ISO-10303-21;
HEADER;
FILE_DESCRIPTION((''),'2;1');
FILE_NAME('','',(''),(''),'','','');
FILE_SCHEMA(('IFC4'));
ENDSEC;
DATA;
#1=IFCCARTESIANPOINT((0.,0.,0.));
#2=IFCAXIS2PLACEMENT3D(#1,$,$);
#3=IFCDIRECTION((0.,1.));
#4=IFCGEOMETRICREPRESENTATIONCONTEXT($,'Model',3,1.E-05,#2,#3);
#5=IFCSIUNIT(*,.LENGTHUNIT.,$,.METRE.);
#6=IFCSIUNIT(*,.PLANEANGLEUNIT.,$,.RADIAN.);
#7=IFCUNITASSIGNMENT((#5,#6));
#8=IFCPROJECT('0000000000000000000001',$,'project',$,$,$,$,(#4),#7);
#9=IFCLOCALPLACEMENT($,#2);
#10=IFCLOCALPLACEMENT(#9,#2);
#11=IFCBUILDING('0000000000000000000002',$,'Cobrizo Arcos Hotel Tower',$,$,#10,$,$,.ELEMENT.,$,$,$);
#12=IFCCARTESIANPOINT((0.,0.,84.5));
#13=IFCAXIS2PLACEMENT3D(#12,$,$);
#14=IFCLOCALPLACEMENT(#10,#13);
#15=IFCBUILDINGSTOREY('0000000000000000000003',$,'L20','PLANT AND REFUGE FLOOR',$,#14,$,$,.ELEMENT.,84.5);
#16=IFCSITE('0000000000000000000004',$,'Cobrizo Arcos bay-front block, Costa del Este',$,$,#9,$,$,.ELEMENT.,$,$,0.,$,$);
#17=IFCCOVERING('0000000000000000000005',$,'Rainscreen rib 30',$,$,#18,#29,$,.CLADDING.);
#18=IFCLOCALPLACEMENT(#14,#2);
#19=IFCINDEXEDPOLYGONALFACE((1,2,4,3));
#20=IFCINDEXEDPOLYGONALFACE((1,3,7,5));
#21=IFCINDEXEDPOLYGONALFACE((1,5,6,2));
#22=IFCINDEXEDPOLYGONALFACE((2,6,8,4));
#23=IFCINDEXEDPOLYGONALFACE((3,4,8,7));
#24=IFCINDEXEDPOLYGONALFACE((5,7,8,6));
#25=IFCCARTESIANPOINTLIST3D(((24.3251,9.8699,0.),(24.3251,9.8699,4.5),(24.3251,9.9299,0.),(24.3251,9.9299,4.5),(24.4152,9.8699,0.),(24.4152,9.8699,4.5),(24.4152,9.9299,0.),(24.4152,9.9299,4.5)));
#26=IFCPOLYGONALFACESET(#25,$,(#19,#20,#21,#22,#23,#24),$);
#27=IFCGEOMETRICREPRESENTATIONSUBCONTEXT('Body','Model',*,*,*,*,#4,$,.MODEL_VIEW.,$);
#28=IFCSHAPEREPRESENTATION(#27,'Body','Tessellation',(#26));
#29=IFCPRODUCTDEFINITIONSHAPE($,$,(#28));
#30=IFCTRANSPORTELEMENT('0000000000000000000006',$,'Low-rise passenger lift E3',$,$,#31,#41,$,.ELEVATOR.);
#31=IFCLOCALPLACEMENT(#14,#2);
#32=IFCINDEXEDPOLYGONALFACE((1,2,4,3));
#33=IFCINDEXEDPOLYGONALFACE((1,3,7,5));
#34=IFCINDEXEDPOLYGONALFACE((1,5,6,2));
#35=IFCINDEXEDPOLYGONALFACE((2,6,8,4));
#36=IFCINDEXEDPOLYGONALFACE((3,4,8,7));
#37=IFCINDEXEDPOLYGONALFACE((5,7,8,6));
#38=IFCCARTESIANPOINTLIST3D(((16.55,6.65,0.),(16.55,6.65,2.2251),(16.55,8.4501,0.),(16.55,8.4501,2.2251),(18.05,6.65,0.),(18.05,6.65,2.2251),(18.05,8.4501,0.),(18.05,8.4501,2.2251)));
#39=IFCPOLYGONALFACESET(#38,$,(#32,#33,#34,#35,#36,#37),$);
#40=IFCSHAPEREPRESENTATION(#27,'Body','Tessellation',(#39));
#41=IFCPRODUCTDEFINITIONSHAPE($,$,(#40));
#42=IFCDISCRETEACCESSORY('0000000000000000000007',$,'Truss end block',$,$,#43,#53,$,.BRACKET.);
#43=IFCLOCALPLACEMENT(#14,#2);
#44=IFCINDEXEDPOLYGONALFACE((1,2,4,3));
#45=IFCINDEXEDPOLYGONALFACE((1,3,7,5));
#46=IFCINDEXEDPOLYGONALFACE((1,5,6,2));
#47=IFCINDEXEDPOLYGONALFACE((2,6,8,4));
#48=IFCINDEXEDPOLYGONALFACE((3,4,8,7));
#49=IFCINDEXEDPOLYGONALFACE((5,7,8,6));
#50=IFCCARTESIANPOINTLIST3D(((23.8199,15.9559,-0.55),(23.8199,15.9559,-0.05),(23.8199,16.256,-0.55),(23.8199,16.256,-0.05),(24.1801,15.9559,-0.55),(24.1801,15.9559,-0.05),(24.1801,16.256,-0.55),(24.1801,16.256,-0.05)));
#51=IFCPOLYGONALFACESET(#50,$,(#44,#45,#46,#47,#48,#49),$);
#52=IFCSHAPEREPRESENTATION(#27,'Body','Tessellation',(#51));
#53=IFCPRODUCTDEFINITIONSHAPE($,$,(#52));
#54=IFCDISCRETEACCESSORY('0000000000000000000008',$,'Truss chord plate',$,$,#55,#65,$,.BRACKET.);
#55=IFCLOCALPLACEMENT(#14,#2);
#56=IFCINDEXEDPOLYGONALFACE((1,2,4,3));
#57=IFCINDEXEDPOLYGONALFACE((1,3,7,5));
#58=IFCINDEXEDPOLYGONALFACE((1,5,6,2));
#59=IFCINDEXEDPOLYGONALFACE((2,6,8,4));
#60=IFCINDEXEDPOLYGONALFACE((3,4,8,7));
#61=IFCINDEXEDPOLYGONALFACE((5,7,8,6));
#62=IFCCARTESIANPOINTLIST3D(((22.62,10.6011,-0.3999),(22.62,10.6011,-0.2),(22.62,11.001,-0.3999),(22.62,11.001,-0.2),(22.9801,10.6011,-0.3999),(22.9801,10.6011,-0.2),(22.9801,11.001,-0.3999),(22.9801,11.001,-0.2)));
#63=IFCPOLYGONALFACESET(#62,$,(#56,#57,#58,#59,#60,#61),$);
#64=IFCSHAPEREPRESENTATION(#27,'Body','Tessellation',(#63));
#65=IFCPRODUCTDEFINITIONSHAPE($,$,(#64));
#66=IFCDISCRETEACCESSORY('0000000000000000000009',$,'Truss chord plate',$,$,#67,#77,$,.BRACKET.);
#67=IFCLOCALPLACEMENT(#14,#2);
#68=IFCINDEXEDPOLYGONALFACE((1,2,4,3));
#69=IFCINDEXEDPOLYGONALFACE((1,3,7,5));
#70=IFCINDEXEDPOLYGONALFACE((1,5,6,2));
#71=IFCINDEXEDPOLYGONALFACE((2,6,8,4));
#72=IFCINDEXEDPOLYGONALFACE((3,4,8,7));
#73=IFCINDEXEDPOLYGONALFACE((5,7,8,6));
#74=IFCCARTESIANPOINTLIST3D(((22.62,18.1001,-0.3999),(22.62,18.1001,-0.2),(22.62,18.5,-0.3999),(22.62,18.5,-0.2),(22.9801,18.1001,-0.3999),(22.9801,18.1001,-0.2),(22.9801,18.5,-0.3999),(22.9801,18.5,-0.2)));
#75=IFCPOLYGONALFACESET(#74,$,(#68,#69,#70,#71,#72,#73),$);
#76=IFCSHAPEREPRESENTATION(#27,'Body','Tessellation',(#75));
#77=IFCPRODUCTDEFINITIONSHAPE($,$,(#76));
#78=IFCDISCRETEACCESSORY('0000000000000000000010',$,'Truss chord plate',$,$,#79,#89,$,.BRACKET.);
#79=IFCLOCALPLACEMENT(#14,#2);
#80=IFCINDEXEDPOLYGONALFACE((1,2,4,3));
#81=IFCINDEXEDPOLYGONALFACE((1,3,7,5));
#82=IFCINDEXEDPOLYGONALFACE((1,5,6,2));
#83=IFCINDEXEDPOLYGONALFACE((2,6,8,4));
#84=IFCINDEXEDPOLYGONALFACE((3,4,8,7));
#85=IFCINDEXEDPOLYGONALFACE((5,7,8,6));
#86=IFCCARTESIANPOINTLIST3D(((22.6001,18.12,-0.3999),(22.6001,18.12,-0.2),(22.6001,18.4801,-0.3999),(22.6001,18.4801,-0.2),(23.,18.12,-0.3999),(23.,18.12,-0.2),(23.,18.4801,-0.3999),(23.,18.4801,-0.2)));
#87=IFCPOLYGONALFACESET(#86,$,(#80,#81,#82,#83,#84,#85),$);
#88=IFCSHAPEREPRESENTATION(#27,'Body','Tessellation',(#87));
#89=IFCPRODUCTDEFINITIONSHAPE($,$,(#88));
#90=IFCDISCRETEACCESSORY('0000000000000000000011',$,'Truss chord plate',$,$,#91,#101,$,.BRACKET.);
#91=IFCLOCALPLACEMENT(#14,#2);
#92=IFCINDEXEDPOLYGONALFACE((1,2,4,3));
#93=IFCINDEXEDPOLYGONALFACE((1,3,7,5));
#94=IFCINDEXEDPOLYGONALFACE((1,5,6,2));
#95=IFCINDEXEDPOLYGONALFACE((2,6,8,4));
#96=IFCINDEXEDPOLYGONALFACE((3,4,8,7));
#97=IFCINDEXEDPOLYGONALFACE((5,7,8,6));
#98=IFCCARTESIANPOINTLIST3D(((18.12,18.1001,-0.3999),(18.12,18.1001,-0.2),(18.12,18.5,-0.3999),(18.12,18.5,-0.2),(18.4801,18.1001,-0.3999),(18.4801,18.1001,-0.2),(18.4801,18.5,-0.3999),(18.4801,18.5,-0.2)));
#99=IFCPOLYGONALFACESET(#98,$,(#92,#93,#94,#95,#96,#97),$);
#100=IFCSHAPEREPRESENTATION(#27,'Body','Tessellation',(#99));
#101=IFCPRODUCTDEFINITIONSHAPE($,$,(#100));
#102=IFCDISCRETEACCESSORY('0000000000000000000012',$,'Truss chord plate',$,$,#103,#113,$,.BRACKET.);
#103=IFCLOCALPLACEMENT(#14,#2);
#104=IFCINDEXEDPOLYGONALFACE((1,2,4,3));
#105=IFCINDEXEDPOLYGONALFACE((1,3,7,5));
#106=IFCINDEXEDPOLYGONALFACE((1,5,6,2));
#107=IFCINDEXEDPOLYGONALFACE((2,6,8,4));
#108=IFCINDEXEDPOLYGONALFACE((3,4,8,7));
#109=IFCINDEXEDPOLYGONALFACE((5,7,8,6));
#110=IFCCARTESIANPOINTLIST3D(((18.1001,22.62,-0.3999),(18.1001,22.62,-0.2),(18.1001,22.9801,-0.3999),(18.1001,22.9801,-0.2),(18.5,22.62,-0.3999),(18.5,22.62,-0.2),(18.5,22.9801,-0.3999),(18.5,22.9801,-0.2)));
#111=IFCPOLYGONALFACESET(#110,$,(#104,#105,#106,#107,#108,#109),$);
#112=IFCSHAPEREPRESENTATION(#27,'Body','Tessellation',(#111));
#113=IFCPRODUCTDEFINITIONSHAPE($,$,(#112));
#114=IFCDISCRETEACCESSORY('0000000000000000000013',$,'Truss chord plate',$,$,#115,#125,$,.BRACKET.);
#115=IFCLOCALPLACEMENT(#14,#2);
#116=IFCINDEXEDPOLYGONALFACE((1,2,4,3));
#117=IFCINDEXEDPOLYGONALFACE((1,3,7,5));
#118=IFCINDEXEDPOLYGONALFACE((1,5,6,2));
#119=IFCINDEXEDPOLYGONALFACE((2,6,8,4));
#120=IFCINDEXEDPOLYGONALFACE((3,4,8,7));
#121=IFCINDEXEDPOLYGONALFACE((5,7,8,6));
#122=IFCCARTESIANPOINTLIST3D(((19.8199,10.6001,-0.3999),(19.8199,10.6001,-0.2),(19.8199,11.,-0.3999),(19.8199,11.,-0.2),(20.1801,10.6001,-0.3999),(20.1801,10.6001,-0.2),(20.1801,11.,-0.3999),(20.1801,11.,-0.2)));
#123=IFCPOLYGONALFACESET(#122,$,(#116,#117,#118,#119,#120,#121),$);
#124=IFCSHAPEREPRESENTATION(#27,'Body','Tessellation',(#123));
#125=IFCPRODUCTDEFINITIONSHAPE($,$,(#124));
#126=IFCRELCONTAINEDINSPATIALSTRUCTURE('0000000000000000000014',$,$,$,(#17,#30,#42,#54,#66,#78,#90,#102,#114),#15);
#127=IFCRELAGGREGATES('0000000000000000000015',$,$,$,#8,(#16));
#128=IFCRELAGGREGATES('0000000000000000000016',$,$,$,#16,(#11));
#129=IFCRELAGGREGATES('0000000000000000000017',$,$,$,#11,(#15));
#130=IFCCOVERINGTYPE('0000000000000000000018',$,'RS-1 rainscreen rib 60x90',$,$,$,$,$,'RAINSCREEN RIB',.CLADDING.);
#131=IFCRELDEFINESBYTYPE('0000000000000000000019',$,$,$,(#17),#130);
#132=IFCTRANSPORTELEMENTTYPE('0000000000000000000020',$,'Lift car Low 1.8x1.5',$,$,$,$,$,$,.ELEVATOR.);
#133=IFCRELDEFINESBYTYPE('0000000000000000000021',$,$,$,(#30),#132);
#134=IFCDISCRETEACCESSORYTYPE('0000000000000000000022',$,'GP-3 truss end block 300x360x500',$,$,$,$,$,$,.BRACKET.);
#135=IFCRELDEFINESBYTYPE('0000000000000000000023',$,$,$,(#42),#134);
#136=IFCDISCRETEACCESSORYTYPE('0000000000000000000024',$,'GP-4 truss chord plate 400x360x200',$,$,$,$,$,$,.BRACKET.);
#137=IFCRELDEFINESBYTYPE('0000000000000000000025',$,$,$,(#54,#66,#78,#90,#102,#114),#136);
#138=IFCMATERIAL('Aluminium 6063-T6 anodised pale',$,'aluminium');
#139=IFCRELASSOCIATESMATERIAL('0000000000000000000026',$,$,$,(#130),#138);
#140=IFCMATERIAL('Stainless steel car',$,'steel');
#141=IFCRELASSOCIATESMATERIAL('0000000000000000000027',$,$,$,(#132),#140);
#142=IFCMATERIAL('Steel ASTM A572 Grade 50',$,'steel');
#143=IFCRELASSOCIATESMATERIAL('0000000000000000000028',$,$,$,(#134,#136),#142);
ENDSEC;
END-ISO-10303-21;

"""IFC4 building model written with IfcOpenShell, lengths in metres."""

from ifc_helpers import new_model, si_unit, direction, frame, origin, origin_2d, place, context, subcontext, project, spatial, rectangle, extrude, material, type_object, element, save


model = new_model("IFC4")

# Units and contexts
model_context = context("Model", 3, precision=1e-05, world=origin(), true_north=direction((0.0, 1.0)))
body_context = subcontext(model_context, "Body", "Model", "MODEL_VIEW")
ifc_project = project(units=[si_unit("LENGTHUNIT", "METRE"), si_unit("PLANEANGLEUNIT", "RADIAN")], contexts=[model_context])

# Site, building, storey
site_placement = place(None, origin())
site = spatial("IfcSite", under=ifc_project, at=site_placement, Name="Cobrizo Arcos bay-front block, Costa del Este", CompositionType="ELEMENT", RefElevation=0.0)
building_placement = place(site_placement, origin())
building = spatial("IfcBuilding", under=site, at=building_placement, Name="Cobrizo Arcos Hotel Tower", CompositionType="ELEMENT")
storey_placement = place(building_placement, frame((0.0, 0.0, 84.5)))
storey = spatial("IfcBuildingStorey", under=building, at=storey_placement, Name="L20", Description="PLANT AND REFUGE FLOOR", CompositionType="ELEMENT", Elevation=84.5)

# Shared definitions
ifc_material_1 = material(Name="Steel ASTM A572 Grade 50", Category="steel")

# Covering
ifc_material_2 = material(Name="Aluminium 6063-T6 anodised pale", Category="aluminium")
covering_type = type_object("IfcCoveringType", Name="RS-1 rainscreen rib 60x90", ElementType="RAINSCREEN RIB", PredefinedType="CLADDING", material=ifc_material_2)
for number, where, z_axis, x_axis, name in (
    (1, (24.3701, 9.8999, 0.0), (0.0, 0.0, 1.0), (0.0, 1.0, 0.0), "Rainscreen rib 30"),
):
    element("IfcCovering", number, at=place(storey_placement, frame(where, z_axis=z_axis, x_axis=x_axis)), inside=storey, type_object=covering_type, Name=name, PredefinedType="CLADDING", context=body_context, shape_type="SweptSolid", body=[
        extrude(rectangle(XDim=0.0601, YDim=0.0901, at=origin_2d()), origin(), (0.0, 0.0, 1.0), 4.5),
    ])

# Transport element
ifc_material_3 = material(Name="Stainless steel car", Category="steel")
transport_element_type = type_object("IfcTransportElementType", Name="Lift car Low 1.8x1.5", PredefinedType="ELEVATOR", material=ifc_material_3)
transport_element_placement = place(storey_placement, frame((17.3, 7.55, 0.0), z_axis=(0.0, 0.0, 1.0), x_axis=(1.0, 0.0, 0.0)))
element("IfcTransportElement", 2, at=transport_element_placement, inside=storey, type_object=transport_element_type, Name="Low-rise passenger lift E3", PredefinedType="ELEVATOR", context=body_context, shape_type="SweptSolid", body=[
    extrude(rectangle(XDim=1.5, YDim=1.8, at=origin_2d()), origin(), (0.0, 0.0, 1.0), 2.2251),
])

# Discrete accessories
discrete_accessory_type_1 = type_object("IfcDiscreteAccessoryType", Name="GP-3 truss end block 300x360x500", PredefinedType="BRACKET", material=ifc_material_1)
discrete_accessory_placement = place(storey_placement, frame((24.0, 16.106, -0.55), z_axis=(0.0, 0.0, 1.0), x_axis=(0.0, 1.0, 0.0)))
element("IfcDiscreteAccessory", 3, at=discrete_accessory_placement, inside=storey, type_object=discrete_accessory_type_1, Name="Truss end block", PredefinedType="BRACKET", context=body_context, shape_type="SweptSolid", body=[
    extrude(rectangle(XDim=0.3, YDim=0.3601, at=origin_2d()), origin(), (0.0, 0.0, 1.0), 0.5),
])
discrete_accessory_type_2 = type_object("IfcDiscreteAccessoryType", Name="GP-4 truss chord plate 400x360x200", PredefinedType="BRACKET", material=ifc_material_1)
for number, where, z_axis, x_axis, name in (
    (4, (22.8, 10.801, -0.3999), (0.0, 0.0, 1.0), (0.0, 1.0, 0.0), "Truss chord plate"),
    (5, (22.8, 18.3, -0.3999), (0.0, 0.0, 1.0), (0.0, 1.0, 0.0), "Truss chord plate"),
    (6, (22.8, 18.3, -0.3999), (0.0, 0.0, 1.0), (-1.0, 0.0, 0.0), "Truss chord plate"),
    (7, (18.3, 18.3, -0.3999), (0.0, 0.0, 1.0), (0.0, 1.0, 0.0), "Truss chord plate"),
    (8, (18.3, 22.8, -0.3999), (0.0, 0.0, 1.0), (-1.0, 0.0, 0.0), "Truss chord plate"),
    (9, (20.0, 10.8, -0.3999), (0.0, 0.0, 1.0), (0.0, 1.0, 0.0), "Truss chord plate"),
):
    element("IfcDiscreteAccessory", number, at=place(storey_placement, frame(where, z_axis=z_axis, x_axis=x_axis)), inside=storey, type_object=discrete_accessory_type_2, Name=name, PredefinedType="BRACKET", context=body_context, shape_type="SweptSolid", body=[
        extrude(rectangle(XDim=0.3999, YDim=0.3601, at=origin_2d()), origin(), (0.0, 0.0, 1.0), 0.2),
    ])

save(model, "model.ifc")
